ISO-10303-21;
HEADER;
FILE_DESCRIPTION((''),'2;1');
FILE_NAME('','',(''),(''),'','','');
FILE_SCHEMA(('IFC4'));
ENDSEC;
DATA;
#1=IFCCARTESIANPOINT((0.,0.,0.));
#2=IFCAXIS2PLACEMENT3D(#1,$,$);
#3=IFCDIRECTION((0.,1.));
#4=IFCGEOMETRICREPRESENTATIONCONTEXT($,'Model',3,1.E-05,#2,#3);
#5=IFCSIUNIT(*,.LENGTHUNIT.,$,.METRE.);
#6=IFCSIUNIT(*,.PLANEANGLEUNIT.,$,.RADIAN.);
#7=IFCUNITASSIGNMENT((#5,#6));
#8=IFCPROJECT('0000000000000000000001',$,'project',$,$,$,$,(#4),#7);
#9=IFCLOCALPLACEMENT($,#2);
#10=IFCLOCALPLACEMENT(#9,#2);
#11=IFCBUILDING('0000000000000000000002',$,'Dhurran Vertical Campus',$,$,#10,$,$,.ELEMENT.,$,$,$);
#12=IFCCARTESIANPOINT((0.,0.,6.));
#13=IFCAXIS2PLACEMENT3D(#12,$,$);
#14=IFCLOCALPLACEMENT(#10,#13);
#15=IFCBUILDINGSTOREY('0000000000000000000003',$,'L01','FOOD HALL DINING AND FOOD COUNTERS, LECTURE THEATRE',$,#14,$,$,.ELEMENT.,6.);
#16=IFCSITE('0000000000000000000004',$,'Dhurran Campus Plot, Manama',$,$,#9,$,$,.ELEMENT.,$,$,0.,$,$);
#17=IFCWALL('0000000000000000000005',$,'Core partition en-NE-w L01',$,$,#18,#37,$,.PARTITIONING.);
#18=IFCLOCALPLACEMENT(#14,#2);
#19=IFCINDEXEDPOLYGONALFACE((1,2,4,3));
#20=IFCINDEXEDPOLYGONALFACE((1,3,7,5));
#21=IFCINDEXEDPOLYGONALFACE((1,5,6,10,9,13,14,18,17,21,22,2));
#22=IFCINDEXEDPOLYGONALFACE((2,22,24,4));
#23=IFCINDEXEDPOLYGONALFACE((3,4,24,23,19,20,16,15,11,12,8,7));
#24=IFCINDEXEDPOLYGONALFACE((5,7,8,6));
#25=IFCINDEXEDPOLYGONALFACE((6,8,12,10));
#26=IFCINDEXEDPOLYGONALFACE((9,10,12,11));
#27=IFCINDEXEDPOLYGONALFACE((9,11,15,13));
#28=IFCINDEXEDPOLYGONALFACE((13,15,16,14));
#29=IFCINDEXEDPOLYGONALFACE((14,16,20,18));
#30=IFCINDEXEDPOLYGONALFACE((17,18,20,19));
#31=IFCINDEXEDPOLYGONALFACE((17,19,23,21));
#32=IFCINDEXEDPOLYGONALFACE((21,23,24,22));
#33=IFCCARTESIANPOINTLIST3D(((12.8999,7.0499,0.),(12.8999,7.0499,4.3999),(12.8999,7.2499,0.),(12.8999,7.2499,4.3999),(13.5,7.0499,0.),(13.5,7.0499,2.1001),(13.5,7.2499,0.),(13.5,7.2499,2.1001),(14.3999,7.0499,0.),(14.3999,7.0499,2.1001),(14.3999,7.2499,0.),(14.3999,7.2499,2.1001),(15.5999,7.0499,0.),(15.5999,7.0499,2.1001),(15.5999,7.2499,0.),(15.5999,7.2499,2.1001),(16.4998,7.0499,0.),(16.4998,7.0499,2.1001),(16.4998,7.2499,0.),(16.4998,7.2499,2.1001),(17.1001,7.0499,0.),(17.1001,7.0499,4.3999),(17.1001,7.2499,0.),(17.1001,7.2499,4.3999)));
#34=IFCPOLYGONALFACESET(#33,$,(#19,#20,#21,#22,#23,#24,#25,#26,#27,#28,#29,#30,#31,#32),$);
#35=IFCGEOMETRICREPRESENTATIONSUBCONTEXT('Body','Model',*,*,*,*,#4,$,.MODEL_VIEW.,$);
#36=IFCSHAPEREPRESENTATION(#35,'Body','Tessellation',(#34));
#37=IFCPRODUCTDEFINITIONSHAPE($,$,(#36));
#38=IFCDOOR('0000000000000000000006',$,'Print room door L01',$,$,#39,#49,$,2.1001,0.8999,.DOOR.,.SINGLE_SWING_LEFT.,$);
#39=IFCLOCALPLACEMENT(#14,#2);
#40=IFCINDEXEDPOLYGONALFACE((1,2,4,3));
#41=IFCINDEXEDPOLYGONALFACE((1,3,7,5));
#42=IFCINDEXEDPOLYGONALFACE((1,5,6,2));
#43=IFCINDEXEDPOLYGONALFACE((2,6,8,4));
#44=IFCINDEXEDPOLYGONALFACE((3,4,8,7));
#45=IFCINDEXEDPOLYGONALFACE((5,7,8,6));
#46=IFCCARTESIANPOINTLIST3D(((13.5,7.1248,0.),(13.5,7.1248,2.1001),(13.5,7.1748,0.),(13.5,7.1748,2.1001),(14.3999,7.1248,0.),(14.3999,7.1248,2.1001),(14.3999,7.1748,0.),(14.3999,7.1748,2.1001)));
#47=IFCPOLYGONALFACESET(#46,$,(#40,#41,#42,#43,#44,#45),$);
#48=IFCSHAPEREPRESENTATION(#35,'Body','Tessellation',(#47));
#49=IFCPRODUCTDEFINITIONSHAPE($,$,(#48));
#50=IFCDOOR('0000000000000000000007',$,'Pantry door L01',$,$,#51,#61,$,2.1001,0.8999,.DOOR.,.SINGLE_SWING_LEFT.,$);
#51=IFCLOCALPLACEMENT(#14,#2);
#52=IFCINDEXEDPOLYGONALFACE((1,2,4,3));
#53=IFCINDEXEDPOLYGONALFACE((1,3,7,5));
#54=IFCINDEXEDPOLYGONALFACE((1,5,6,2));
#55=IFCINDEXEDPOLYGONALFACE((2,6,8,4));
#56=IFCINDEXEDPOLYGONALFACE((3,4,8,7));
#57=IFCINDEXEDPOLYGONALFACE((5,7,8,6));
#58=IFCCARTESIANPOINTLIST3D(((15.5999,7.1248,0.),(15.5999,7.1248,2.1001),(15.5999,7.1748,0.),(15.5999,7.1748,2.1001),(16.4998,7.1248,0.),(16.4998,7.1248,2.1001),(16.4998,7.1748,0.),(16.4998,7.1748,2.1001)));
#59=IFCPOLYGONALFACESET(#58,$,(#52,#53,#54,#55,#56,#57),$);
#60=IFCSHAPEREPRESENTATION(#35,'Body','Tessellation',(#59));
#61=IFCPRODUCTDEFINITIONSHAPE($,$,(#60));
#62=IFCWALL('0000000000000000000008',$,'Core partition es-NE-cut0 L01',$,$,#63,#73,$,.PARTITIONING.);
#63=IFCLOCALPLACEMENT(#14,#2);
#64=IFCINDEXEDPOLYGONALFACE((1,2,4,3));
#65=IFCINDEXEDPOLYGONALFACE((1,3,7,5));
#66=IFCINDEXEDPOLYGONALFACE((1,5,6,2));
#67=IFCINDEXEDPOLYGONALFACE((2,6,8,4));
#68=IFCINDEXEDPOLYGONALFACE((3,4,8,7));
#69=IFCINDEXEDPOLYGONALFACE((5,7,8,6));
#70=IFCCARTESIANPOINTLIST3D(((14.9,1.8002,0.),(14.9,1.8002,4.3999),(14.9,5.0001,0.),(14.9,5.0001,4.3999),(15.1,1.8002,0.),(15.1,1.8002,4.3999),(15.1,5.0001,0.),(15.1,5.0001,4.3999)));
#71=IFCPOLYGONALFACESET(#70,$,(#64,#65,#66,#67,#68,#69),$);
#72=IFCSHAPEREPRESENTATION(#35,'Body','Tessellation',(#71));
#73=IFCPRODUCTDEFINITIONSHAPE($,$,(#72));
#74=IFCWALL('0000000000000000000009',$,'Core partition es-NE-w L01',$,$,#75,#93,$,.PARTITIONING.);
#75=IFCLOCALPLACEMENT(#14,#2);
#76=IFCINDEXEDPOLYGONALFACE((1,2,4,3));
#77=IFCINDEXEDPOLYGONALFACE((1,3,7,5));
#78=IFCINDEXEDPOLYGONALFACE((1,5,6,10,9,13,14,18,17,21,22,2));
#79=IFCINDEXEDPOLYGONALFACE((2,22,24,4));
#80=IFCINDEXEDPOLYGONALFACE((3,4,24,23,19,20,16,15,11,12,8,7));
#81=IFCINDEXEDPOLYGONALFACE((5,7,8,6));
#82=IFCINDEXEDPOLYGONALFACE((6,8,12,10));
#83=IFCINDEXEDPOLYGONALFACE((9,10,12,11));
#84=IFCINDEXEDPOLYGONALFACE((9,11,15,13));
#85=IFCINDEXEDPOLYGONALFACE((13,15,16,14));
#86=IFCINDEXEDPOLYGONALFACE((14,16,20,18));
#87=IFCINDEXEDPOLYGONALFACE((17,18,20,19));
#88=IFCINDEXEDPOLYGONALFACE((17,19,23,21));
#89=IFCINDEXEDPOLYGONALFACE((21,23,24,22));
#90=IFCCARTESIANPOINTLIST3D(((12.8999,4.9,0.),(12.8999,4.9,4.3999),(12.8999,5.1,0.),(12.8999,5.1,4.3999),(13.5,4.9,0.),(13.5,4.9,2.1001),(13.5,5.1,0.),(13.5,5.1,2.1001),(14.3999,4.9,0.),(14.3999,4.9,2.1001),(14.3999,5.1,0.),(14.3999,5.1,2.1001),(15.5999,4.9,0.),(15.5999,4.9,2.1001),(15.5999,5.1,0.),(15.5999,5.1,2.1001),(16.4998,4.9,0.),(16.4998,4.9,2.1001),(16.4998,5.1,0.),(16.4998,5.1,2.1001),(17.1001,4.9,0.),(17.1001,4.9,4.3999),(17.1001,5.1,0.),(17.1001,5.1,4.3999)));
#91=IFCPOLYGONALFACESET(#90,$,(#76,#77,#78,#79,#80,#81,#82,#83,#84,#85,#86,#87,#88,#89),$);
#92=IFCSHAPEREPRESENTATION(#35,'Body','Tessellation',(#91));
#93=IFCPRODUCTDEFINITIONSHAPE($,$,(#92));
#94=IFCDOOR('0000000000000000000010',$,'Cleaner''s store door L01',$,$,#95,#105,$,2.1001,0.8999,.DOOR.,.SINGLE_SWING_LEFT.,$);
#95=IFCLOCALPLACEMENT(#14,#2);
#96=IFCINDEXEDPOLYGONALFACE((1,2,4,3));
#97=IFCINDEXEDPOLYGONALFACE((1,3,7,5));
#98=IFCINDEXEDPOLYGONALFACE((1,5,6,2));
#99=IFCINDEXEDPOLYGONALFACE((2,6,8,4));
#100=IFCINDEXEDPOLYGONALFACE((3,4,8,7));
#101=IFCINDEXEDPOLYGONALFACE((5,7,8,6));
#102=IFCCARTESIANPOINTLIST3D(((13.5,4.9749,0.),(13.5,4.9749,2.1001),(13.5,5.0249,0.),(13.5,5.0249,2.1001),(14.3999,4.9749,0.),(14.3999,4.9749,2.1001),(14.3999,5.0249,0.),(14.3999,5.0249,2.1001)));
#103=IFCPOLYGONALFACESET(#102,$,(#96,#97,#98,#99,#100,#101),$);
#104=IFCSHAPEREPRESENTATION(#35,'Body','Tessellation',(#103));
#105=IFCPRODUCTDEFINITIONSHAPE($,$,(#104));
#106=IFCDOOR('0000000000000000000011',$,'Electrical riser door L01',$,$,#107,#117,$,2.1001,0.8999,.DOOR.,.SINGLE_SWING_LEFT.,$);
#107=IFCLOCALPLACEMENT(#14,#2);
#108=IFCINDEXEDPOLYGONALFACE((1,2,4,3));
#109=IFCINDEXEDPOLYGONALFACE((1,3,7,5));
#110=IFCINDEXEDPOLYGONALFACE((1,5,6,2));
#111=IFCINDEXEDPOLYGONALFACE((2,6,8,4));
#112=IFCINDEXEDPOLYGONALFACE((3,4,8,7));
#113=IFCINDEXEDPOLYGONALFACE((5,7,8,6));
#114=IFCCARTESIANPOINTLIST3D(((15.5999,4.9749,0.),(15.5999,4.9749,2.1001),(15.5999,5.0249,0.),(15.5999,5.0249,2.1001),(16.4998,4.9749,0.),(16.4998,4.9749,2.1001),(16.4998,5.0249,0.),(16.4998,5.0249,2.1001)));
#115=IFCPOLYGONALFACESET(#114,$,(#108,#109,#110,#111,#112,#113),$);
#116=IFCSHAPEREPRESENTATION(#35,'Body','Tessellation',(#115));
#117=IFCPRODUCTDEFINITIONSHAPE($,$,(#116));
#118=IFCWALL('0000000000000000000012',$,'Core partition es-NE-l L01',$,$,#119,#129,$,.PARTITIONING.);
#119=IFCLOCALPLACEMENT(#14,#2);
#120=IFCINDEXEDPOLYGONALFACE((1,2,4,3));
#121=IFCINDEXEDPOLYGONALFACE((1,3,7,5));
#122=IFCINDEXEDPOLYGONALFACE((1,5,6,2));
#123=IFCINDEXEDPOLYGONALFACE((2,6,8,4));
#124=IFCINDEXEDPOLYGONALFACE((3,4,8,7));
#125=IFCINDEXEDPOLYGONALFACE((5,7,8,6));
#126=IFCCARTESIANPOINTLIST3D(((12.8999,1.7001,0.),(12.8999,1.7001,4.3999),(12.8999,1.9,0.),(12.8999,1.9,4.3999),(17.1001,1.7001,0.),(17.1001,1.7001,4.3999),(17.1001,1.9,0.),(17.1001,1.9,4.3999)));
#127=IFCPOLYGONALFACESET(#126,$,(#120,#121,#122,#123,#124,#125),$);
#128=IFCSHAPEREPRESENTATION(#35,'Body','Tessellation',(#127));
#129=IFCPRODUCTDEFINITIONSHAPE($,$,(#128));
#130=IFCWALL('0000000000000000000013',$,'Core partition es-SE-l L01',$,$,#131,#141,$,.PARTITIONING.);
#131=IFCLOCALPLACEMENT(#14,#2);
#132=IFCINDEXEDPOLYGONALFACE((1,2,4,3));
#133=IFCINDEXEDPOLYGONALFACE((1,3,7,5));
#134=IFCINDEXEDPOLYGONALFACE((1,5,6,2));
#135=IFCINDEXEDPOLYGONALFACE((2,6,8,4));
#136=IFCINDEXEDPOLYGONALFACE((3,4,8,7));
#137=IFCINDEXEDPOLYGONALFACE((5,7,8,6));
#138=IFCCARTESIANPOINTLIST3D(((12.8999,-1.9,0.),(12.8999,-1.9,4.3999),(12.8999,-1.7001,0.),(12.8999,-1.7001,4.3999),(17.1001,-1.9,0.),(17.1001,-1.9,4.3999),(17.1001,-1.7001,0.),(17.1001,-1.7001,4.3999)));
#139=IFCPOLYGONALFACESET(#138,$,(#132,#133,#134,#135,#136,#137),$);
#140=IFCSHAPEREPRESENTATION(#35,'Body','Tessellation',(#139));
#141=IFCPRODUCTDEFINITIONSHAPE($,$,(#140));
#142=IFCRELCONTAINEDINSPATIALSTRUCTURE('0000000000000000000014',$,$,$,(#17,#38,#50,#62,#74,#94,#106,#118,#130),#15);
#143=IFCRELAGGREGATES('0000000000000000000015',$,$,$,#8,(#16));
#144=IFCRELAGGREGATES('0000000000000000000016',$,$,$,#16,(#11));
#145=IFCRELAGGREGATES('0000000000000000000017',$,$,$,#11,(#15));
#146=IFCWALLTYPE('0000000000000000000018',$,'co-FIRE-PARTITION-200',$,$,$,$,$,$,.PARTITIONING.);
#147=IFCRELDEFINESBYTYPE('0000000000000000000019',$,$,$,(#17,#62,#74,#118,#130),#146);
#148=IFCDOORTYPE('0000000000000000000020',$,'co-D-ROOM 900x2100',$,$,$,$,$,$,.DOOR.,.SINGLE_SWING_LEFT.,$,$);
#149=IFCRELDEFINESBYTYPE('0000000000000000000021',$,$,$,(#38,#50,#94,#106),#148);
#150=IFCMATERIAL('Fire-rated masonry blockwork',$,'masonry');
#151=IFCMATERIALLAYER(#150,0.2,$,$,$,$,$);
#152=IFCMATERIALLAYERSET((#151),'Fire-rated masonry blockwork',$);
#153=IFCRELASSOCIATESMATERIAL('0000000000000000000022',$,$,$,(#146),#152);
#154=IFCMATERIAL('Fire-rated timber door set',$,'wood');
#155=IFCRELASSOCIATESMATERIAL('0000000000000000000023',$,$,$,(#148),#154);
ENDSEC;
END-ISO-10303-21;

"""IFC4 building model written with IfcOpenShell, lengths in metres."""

from ifc_helpers import new_model, si_unit, direction, frame, frame_2d, origin, place, context, subcontext, project, spatial, rectangle, extrude, material, layer, layer_set, type_object, element, fill, save


model = new_model("IFC4")

# Units and contexts
model_context = context("Model", 3, precision=1e-05, world=origin(), true_north=direction((0.0, 1.0)))
body_context = subcontext(model_context, "Body", "Model", "MODEL_VIEW")
ifc_project = project(units=[si_unit("LENGTHUNIT", "METRE"), si_unit("PLANEANGLEUNIT", "RADIAN")], contexts=[model_context])

# Site, building, storey
site_placement = place(None, origin())
site = spatial("IfcSite", under=ifc_project, at=site_placement, Name="Dhurran Campus Plot, Manama", CompositionType="ELEMENT", RefElevation=0.0)
building_placement = place(site_placement, origin())
building = spatial("IfcBuilding", under=site, at=building_placement, Name="Dhurran Vertical Campus", CompositionType="ELEMENT")
storey_placement = place(building_placement, frame((0.0, 0.0, 6.0)))
storey = spatial("IfcBuildingStorey", under=building, at=storey_placement, Name="L01", Description="FOOD HALL DINING AND FOOD COUNTERS, LECTURE THEATRE", CompositionType="ELEMENT", Elevation=6.0)

# Shared definitions
ifc_material_1 = material(Name="Fire-rated masonry blockwork", Category="masonry")
ifc_layer_1 = layer(ifc_material_1, 0.2)
ifc_layer_set_1 = layer_set([ifc_layer_1], Name="Fire-rated masonry blockwork")
wall_type = type_object("IfcWallType", Name="co-FIRE-PARTITION-200", PredefinedType="PARTITIONING", material=ifc_layer_set_1)

# Shared definitions
ifc_material_2 = material(Name="Fire-rated timber door set", Category="wood")
door_type_1 = type_object("IfcDoorType", Name="co-D-ROOM 900x2100", OperationType="SINGLE_SWING_LEFT", PredefinedType="DOOR", material=ifc_material_2)

# Wall, openings, doors
wall_1_placement = place(storey_placement, frame((12.8999, 7.1499, 0.0), z_axis=(0.0, 0.0, 1.0), x_axis=(1.0, 0.0, 0.0)))
wall_1 = element("IfcWall", 1, at=wall_1_placement, inside=storey, type_object=wall_type, Name="Core partition en-NE-w L01", PredefinedType="PARTITIONING", context=body_context, shape_type="SweptSolid", body=[
    extrude(rectangle(XDim=4.2002, YDim=0.2, at=frame_2d((2.1001, 0.0))), origin(), (0.0, 0.0, 1.0), 4.3999),
])
opening_1_placement = place(wall_1_placement, frame((0.6001, 0.0, 0.0)))
opening_1 = element("IfcOpeningElement", 2, at=opening_1_placement, cuts=wall_1, PredefinedType="OPENING", context=body_context, shape_type="SweptSolid", body=[
    extrude(rectangle(XDim=0.8999, YDim=2.1001, at=frame_2d((0.45, 1.05))), frame((0.0, 0.1099, 0.0), z_axis=(0.0, -1.0, 0.0), x_axis=(1.0, 0.0, 0.0)), (0.0, 0.0, 1.0), 0.22),
])
opening_2_placement = place(wall_1_placement, frame((2.7, 0.0, 0.0)))
opening_2 = element("IfcOpeningElement", 3, at=opening_2_placement, cuts=wall_1, PredefinedType="OPENING", context=body_context, shape_type="SweptSolid", body=[
    extrude(rectangle(XDim=0.8999, YDim=2.1001, at=frame_2d((0.45, 1.05))), frame((0.0, 0.1099, 0.0), z_axis=(0.0, -1.0, 0.0), x_axis=(1.0, 0.0, 0.0)), (0.0, 0.0, 1.0), 0.22),
])
door_1_placement = place(opening_1_placement, origin())
door_1 = element("IfcDoor", 4, at=door_1_placement, inside=storey, type_object=door_type_1, Name="Print room door L01", OperationType="SINGLE_SWING_LEFT", OverallHeight=2.1001, OverallWidth=0.8999, PredefinedType="DOOR", context=body_context, shape_type="SweptSolid", body=[
    extrude(rectangle(XDim=0.8999, YDim=2.1001, at=frame_2d((0.45, 1.05))), frame((0.0, 0.0249, 0.0), z_axis=(0.0, -1.0, 0.0), x_axis=(1.0, 0.0, 0.0)), (0.0, 0.0, 1.0), 0.05),
])
fill(opening_1, door_1)
door_2_placement = place(opening_2_placement, origin())
door_2 = element("IfcDoor", 5, at=door_2_placement, inside=storey, type_object=door_type_1, Name="Pantry door L01", OperationType="SINGLE_SWING_LEFT", OverallHeight=2.1001, OverallWidth=0.8999, PredefinedType="DOOR", context=body_context, shape_type="SweptSolid", body=[
    extrude(rectangle(XDim=0.8999, YDim=2.1001, at=frame_2d((0.45, 1.05))), frame((0.0, 0.0249, 0.0), z_axis=(0.0, -1.0, 0.0), x_axis=(1.0, 0.0, 0.0)), (0.0, 0.0, 1.0), 0.05),
])
fill(opening_2, door_2)

# Wall
wall_2_placement = place(storey_placement, frame((15.0, 1.8, 0.0), z_axis=(0.0, 0.0, 1.0), x_axis=(0.0, 1.0, 0.0)))
element("IfcWall", 6, at=wall_2_placement, inside=storey, type_object=wall_type, Name="Core partition es-NE-cut0 L01", PredefinedType="PARTITIONING", context=body_context, shape_type="SweptSolid", body=[
    extrude(rectangle(XDim=3.2, YDim=0.2, at=frame_2d((1.6001, 0.0))), origin(), (0.0, 0.0, 1.0), 4.3999),
])

# Wall, openings, doors
wall_3_placement = place(storey_placement, frame((12.8999, 5.0, 0.0), z_axis=(0.0, 0.0, 1.0), x_axis=(1.0, 0.0, 0.0)))
wall_3 = element("IfcWall", 7, at=wall_3_placement, inside=storey, type_object=wall_type, Name="Core partition es-NE-w L01", PredefinedType="PARTITIONING", context=body_context, shape_type="SweptSolid", body=[
    extrude(rectangle(XDim=4.2002, YDim=0.2, at=frame_2d((2.1001, 0.0))), origin(), (0.0, 0.0, 1.0), 4.3999),
])
opening_3_placement = place(wall_3_placement, frame((0.6001, 0.0, 0.0)))
opening_3 = element("IfcOpeningElement", 8, at=opening_3_placement, cuts=wall_3, PredefinedType="OPENING", context=body_context, shape_type="SweptSolid", body=[
    extrude(rectangle(XDim=0.8999, YDim=2.1001, at=frame_2d((0.45, 1.05))), frame((0.0, 0.1099, 0.0), z_axis=(0.0, -1.0, 0.0), x_axis=(1.0, 0.0, 0.0)), (0.0, 0.0, 1.0), 0.22),
])
opening_4_placement = place(wall_3_placement, frame((2.7, 0.0, 0.0)))
opening_4 = element("IfcOpeningElement", 9, at=opening_4_placement, cuts=wall_3, PredefinedType="OPENING", context=body_context, shape_type="SweptSolid", body=[
    extrude(rectangle(XDim=0.8999, YDim=2.1001, at=frame_2d((0.45, 1.05))), frame((0.0, 0.1099, 0.0), z_axis=(0.0, -1.0, 0.0), x_axis=(1.0, 0.0, 0.0)), (0.0, 0.0, 1.0), 0.22),
])
door_3_placement = place(opening_3_placement, origin())
door_3 = element("IfcDoor", 10, at=door_3_placement, inside=storey, type_object=door_type_1, Name="Cleaner's store door L01", OperationType="SINGLE_SWING_LEFT", OverallHeight=2.1001, OverallWidth=0.8999, PredefinedType="DOOR", context=body_context, shape_type="SweptSolid", body=[
    extrude(rectangle(XDim=0.8999, YDim=2.1001, at=frame_2d((0.45, 1.05))), frame((0.0, 0.0249, 0.0), z_axis=(0.0, -1.0, 0.0), x_axis=(1.0, 0.0, 0.0)), (0.0, 0.0, 1.0), 0.05),
])
fill(opening_3, door_3)
door_4_placement = place(opening_4_placement, origin())
door_4 = element("IfcDoor", 11, at=door_4_placement, inside=storey, type_object=door_type_1, Name="Electrical riser door L01", OperationType="SINGLE_SWING_LEFT", OverallHeight=2.1001, OverallWidth=0.8999, PredefinedType="DOOR", context=body_context, shape_type="SweptSolid", body=[
    extrude(rectangle(XDim=0.8999, YDim=2.1001, at=frame_2d((0.45, 1.05))), frame((0.0, 0.0249, 0.0), z_axis=(0.0, -1.0, 0.0), x_axis=(1.0, 0.0, 0.0)), (0.0, 0.0, 1.0), 0.05),
])
fill(opening_4, door_4)

# Walls
for number, where, z_axis, x_axis, name in (
    (12, (12.8999, 1.8, 0.0), (0.0, 0.0, 1.0), (1.0, 0.0, 0.0), "Core partition es-NE-l L01"),
    (13, (12.8999, -1.8, 0.0), (0.0, 0.0, 1.0), (1.0, 0.0, 0.0), "Core partition es-SE-l L01"),
):
    element("IfcWall", number, at=place(storey_placement, frame(where, z_axis=z_axis, x_axis=x_axis)), inside=storey, type_object=wall_type, Name=name, PredefinedType="PARTITIONING", context=body_context, shape_type="SweptSolid", body=[
        extrude(rectangle(XDim=4.2002, YDim=0.2, at=frame_2d((2.1001, 0.0))), origin(), (0.0, 0.0, 1.0), 4.3999),
    ])

save(model, "model.ifc")
